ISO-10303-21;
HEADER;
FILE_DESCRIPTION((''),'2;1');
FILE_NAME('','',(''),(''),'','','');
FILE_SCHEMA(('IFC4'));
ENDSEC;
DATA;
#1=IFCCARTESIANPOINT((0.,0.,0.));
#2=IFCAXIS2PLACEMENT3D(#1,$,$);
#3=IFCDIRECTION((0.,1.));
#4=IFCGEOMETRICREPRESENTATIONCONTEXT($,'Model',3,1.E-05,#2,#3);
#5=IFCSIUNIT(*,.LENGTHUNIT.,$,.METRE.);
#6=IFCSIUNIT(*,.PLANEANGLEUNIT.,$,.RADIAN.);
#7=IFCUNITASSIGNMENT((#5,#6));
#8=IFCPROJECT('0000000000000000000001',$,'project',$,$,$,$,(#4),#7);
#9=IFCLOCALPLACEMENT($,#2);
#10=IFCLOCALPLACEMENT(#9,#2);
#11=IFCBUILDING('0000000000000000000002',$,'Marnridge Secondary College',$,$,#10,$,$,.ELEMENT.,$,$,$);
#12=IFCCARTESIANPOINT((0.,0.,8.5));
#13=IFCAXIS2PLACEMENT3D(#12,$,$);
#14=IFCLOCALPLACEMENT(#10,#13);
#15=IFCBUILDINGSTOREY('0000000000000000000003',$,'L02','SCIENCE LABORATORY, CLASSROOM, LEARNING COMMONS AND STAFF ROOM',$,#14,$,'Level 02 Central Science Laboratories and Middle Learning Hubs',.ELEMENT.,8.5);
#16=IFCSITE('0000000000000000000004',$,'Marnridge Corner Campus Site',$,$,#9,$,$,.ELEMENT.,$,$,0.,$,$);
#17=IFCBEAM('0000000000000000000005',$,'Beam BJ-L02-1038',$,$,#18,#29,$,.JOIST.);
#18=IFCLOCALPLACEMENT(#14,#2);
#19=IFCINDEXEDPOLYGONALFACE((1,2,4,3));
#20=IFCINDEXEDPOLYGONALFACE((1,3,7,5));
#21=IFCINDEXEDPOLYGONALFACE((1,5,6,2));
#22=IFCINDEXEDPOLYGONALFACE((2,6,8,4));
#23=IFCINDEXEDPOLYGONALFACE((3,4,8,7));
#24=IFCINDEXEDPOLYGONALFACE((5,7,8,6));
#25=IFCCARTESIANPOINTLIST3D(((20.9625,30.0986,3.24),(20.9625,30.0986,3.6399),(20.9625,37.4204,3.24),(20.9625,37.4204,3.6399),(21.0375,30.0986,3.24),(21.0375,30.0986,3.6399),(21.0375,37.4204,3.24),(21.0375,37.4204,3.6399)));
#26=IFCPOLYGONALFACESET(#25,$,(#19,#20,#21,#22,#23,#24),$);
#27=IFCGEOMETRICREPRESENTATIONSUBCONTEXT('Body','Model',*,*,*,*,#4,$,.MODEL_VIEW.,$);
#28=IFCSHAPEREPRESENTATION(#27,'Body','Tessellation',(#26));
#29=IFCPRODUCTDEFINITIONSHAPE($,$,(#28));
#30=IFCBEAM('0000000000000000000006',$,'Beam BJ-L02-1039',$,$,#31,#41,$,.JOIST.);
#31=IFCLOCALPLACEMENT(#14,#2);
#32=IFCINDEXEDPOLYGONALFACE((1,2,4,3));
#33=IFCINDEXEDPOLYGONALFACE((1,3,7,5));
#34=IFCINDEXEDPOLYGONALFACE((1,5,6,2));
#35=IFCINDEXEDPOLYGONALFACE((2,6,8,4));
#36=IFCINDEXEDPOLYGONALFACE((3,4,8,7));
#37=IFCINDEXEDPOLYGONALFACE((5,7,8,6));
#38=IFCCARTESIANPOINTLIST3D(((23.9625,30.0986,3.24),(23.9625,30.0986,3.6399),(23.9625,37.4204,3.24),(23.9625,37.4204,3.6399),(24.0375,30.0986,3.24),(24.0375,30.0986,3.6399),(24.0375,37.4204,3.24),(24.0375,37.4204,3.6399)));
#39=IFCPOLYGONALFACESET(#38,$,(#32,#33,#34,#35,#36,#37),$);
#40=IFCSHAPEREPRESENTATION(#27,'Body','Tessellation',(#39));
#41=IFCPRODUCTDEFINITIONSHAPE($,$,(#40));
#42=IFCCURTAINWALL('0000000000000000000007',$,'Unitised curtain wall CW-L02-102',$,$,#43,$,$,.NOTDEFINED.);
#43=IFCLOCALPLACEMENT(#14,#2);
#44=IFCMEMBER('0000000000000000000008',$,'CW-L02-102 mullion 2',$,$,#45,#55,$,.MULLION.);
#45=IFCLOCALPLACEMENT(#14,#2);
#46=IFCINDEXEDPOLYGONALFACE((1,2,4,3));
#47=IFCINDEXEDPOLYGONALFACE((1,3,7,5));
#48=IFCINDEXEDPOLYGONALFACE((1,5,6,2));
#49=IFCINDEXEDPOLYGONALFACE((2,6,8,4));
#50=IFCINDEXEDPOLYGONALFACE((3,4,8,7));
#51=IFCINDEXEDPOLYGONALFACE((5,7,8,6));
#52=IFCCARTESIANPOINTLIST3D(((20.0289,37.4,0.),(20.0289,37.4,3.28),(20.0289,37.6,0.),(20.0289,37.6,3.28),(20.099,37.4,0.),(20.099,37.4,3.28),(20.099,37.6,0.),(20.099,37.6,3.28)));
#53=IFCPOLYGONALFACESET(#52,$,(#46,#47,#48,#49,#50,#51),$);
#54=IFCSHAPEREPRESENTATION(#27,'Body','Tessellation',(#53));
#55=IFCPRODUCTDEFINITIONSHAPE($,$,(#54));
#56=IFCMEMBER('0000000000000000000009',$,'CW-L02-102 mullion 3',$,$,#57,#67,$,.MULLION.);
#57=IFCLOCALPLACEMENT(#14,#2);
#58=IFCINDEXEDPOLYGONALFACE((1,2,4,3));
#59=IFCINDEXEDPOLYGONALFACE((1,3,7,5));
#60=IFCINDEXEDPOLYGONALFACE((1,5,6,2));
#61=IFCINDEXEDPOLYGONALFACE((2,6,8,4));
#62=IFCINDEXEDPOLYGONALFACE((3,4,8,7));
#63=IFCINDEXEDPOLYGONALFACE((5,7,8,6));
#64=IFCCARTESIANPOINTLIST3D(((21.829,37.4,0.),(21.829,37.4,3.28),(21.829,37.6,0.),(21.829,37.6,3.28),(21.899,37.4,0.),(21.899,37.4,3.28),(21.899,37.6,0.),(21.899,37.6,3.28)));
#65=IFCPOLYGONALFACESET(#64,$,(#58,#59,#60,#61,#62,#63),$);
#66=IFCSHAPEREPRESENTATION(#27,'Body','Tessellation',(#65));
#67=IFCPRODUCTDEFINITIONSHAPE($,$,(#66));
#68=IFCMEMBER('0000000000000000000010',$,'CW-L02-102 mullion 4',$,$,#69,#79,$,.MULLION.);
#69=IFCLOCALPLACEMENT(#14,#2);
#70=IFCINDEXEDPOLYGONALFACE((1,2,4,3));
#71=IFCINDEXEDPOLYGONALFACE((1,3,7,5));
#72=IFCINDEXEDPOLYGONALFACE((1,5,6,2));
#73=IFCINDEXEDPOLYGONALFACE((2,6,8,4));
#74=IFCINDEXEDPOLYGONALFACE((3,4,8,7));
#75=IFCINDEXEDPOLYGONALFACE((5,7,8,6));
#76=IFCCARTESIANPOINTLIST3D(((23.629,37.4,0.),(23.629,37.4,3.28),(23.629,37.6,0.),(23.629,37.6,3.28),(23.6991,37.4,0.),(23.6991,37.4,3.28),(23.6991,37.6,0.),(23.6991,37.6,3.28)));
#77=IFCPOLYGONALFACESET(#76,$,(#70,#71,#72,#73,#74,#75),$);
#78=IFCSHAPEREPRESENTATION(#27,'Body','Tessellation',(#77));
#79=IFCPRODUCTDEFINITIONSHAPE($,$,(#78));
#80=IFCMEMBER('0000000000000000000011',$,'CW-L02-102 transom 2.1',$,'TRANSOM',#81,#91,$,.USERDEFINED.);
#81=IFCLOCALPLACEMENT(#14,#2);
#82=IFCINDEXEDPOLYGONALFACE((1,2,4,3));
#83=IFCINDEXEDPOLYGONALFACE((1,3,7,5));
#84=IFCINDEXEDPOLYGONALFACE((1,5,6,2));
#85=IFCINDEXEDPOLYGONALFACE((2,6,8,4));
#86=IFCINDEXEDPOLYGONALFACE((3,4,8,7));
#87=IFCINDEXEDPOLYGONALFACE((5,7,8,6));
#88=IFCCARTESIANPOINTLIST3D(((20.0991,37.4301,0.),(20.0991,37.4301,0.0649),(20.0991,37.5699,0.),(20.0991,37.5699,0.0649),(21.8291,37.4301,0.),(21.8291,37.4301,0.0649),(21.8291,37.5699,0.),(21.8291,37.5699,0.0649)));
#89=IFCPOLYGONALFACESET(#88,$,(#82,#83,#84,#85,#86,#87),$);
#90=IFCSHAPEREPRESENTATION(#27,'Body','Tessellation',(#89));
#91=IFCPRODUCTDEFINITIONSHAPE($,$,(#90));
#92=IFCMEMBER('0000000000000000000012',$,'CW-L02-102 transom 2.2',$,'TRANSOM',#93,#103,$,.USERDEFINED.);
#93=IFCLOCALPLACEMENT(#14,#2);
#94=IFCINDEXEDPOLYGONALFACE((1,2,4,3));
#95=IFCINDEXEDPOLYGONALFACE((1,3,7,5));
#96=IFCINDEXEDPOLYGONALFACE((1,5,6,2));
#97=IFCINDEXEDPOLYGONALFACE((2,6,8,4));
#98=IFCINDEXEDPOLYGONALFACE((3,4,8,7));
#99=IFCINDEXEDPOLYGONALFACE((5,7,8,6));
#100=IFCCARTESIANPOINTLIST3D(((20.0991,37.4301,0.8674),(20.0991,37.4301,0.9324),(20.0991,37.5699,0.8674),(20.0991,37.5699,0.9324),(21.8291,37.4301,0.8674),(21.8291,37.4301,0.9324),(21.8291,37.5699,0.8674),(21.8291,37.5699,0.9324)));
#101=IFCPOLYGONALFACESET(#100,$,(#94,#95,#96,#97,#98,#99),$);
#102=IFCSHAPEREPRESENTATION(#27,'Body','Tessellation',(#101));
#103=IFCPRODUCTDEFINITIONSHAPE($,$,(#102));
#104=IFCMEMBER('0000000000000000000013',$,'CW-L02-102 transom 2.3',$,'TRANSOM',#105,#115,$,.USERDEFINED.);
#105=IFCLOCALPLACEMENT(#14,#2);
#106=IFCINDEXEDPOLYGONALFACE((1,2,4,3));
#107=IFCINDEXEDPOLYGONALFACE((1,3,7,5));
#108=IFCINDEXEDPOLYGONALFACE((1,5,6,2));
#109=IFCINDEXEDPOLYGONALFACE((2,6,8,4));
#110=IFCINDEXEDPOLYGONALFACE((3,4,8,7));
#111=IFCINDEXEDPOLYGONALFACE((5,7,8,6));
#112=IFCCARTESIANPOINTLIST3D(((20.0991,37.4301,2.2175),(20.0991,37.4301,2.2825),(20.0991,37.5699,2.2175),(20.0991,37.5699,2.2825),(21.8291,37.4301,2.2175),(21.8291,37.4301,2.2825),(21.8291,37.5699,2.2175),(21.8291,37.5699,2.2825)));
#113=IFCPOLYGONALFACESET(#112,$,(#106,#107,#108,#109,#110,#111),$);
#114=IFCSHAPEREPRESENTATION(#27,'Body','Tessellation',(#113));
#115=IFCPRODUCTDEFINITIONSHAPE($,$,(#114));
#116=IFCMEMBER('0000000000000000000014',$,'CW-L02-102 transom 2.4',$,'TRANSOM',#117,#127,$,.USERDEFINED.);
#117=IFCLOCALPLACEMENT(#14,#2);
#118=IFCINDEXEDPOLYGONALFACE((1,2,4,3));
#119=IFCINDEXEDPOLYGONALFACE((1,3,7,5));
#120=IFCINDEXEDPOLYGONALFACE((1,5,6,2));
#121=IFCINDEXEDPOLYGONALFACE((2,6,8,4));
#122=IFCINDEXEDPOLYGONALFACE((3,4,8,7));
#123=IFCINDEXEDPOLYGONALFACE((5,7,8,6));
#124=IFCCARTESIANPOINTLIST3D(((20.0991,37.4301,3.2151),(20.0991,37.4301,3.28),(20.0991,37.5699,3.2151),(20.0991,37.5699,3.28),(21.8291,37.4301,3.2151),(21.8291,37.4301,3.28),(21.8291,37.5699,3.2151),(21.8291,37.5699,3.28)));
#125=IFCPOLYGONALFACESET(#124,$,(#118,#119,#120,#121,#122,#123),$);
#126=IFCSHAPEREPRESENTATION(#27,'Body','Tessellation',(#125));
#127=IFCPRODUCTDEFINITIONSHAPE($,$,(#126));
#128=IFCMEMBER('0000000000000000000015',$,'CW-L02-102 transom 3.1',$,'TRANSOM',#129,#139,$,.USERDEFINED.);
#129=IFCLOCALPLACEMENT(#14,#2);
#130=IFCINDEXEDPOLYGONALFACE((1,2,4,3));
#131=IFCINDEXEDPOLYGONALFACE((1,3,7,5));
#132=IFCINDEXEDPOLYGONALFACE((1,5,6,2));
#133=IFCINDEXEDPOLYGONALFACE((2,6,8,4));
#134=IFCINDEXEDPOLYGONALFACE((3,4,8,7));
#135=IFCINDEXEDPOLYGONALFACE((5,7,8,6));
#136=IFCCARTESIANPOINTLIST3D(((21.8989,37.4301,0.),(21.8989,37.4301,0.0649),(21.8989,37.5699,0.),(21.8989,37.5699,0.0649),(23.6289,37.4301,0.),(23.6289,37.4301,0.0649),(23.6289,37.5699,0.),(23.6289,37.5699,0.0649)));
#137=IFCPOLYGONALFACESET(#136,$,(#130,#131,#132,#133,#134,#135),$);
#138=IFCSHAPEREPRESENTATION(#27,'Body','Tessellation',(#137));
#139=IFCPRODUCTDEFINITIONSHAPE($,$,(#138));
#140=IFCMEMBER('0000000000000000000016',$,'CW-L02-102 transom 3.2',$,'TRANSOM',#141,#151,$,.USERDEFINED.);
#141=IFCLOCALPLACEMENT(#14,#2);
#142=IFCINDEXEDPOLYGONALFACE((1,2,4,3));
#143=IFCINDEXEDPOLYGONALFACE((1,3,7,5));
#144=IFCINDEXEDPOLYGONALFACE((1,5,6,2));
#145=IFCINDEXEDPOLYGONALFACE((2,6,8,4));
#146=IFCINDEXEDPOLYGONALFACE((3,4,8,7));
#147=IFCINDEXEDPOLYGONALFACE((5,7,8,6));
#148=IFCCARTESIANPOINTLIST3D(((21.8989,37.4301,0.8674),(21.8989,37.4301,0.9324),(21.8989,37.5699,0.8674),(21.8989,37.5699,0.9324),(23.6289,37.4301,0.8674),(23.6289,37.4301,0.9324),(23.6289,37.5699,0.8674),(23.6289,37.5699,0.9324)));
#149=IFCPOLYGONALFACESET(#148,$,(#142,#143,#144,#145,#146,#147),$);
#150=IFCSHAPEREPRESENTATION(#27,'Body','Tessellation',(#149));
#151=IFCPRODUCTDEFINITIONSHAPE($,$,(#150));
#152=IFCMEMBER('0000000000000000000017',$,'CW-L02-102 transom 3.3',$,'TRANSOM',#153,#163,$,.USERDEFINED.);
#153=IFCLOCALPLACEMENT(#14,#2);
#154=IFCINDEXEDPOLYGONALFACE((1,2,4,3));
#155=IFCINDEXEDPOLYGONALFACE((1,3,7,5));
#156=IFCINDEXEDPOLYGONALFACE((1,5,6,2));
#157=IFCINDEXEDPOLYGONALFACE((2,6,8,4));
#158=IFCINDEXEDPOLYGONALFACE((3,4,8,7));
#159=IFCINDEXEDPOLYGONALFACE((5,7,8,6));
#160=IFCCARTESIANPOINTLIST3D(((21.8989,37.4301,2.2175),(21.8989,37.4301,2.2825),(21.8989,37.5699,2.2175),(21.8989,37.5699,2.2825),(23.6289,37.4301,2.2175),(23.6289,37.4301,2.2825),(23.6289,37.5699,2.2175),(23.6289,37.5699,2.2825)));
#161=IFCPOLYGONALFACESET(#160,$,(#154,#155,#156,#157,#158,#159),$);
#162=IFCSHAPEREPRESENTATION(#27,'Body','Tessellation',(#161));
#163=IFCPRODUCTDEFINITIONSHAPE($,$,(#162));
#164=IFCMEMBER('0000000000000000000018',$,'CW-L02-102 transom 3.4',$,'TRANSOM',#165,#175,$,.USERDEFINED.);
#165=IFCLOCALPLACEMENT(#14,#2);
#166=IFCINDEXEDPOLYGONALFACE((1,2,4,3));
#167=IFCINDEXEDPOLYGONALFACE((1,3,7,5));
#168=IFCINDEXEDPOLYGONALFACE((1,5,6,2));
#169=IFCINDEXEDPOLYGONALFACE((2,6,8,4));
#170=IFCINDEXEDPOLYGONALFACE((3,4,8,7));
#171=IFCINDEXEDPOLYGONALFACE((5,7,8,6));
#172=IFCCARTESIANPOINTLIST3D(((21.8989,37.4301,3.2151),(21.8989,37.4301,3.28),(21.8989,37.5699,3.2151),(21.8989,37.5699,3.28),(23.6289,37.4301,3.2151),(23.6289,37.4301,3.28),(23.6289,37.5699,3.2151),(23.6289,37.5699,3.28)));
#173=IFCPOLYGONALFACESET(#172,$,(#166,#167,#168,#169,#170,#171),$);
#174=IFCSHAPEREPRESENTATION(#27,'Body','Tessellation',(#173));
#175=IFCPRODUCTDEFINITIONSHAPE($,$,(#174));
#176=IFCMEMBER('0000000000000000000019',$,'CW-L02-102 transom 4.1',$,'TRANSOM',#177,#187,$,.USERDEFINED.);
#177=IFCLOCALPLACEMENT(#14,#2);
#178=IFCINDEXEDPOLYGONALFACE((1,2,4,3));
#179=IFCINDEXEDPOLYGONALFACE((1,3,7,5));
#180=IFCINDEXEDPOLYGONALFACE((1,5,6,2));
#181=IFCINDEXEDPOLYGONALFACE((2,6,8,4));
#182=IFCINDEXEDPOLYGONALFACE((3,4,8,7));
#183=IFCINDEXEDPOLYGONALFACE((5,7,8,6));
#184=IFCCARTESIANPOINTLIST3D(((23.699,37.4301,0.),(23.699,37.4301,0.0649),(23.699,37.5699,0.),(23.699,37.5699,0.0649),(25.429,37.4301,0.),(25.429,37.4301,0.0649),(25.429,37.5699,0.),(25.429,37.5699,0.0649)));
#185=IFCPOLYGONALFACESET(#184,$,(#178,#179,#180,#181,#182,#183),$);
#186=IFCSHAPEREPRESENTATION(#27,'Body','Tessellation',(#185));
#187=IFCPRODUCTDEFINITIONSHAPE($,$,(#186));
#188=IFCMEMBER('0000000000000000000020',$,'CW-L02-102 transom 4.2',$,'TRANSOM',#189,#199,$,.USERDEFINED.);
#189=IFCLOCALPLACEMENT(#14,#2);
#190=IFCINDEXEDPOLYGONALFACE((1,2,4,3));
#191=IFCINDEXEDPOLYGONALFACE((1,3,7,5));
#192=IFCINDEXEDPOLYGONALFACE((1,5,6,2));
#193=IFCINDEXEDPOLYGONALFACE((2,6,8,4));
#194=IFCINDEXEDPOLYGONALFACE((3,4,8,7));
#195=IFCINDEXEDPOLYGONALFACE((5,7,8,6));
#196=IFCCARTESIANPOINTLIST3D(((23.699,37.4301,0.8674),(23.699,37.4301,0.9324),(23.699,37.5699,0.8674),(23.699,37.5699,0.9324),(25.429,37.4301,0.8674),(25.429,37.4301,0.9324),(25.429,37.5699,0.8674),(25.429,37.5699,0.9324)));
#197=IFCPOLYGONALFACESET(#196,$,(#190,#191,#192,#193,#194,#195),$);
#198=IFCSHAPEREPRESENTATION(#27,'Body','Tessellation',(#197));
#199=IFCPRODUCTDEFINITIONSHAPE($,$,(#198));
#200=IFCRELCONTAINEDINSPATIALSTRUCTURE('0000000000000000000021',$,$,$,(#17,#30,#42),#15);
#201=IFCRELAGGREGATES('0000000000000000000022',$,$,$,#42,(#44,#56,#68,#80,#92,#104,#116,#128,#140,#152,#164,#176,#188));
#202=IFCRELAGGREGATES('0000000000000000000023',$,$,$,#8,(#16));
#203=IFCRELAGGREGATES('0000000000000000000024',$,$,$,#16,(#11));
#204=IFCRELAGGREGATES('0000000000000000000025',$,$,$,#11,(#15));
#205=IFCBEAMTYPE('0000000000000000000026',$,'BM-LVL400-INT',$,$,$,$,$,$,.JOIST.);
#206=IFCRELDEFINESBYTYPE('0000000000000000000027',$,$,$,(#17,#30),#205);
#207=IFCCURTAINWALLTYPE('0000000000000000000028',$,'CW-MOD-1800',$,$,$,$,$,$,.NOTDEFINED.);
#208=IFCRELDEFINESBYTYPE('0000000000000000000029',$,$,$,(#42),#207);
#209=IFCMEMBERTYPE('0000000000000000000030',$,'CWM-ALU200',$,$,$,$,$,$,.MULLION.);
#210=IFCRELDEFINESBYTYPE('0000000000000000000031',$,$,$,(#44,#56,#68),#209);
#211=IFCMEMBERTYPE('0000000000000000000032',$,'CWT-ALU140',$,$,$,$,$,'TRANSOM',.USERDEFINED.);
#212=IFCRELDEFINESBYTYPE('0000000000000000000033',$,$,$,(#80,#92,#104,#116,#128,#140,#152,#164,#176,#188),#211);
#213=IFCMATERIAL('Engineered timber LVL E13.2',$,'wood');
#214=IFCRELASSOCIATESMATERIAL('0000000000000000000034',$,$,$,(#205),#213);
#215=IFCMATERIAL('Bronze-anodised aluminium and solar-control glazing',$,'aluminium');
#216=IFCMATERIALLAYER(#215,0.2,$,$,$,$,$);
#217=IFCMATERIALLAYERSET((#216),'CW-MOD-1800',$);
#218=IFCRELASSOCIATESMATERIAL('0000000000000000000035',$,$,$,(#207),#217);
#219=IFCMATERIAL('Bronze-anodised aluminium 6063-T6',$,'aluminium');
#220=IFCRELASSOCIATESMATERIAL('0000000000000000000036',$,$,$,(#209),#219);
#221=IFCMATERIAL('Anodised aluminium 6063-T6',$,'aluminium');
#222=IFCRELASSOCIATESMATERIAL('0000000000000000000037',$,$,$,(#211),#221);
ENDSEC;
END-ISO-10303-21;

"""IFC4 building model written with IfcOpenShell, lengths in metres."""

from ifc_helpers import new_model, si_unit, direction, frame, origin, origin_2d, place, context, subcontext, project, spatial, rectangle, extrude, material, layer, layer_set, material_profile, profile_set, type_object, element, aggregate, save


model = new_model("IFC4")

# Units and contexts
model_context = context("Model", 3, precision=1e-05, world=origin(), true_north=direction((0.0, 1.0)))
body_context = subcontext(model_context, "Body", "Model", "MODEL_VIEW")
ifc_project = project(units=[si_unit("LENGTHUNIT", "METRE"), si_unit("PLANEANGLEUNIT", "RADIAN")], contexts=[model_context])

# Site, building, storey
site_placement = place(None, origin())
site = spatial("IfcSite", under=ifc_project, at=site_placement, Name="Marnridge Corner Campus Site", CompositionType="ELEMENT", RefElevation=0.0)
building_placement = place(site_placement, origin())
building = spatial("IfcBuilding", under=site, at=building_placement, Name="Marnridge Secondary College", CompositionType="ELEMENT")
storey_placement = place(building_placement, frame((0.0, 0.0, 8.5)))
storey = spatial("IfcBuildingStorey", under=building, at=storey_placement, Name="L02", Description="SCIENCE LABORATORY, CLASSROOM, LEARNING COMMONS AND STAFF ROOM", LongName="Level 02 Central Science Laboratories and Middle Learning Hubs", CompositionType="ELEMENT", Elevation=8.5)

# Beams
ifc_material_1 = material(Name="Engineered timber LVL E13.2", Category="wood")
ifc_material_profile_1 = material_profile(ifc_material_1, rectangle(XDim=0.075, YDim=0.3999, at=origin_2d()), Name="LVL 75x400")
ifc_profile_set_1 = profile_set([ifc_material_profile_1], Name="Engineered timber LVL E13.2")
beam_type = type_object("IfcBeamType", Name="BM-LVL400-INT", PredefinedType="JOIST", material=ifc_profile_set_1)
for number, where, z_axis, x_axis, name in (
    (1, (21.0, 30.0986, 3.4399), (0.0, 1.0, 0.0), (-1.0, 0.0, 0.0), "Beam BJ-L02-1038"),
    (2, (24.0, 30.0986, 3.4399), (0.0, 1.0, 0.0), (-1.0, 0.0, 0.0), "Beam BJ-L02-1039"),
):
    element("IfcBeam", number, at=place(storey_placement, frame(where, z_axis=z_axis, x_axis=x_axis)), inside=storey, type_object=beam_type, Name=name, PredefinedType="JOIST", context=body_context, shape_type="SweptSolid", body=[
        extrude(rectangle(XDim=0.075, YDim=0.3999, at=origin_2d()), origin(), (0.0, 0.0, 1.0), 7.3218),
    ])

# Curtain wall, members
ifc_material_2 = material(Name="Bronze-anodised aluminium and solar-control glazing", Category="aluminium")
ifc_layer_1 = layer(ifc_material_2, 0.2)
ifc_layer_set_1 = layer_set([ifc_layer_1], Name="CW-MOD-1800")
curtain_wall_type = type_object("IfcCurtainWallType", Name="CW-MOD-1800", PredefinedType="NOTDEFINED", material=ifc_layer_set_1)
curtain_wall_placement = place(storey_placement, origin())
curtain_wall = element("IfcCurtainWall", 3, at=curtain_wall_placement, inside=storey, type_object=curtain_wall_type, Name="Unitised curtain wall CW-L02-102", PredefinedType="NOTDEFINED")
ifc_material_3 = material(Name="Bronze-anodised aluminium 6063-T6", Category="aluminium")
ifc_material_profile_2 = material_profile(ifc_material_3, rectangle(XDim=0.0701, YDim=0.2, at=origin_2d()), Name="ALU 70x200")
ifc_profile_set_2 = profile_set([ifc_material_profile_2], Name="Bronze-anodised aluminium 6063-T6")
member_type_1 = type_object("IfcMemberType", Name="CWM-ALU200", PredefinedType="MULLION", material=ifc_profile_set_2)
member_1_placement = place(storey_placement, frame((20.064, 37.5, 0.0), z_axis=(0.0, 0.0, 1.0), x_axis=(1.0, 0.0, 0.0)))
member_1 = element("IfcMember", 4, at=member_1_placement, type_object=member_type_1, Name="CW-L02-102 mullion 2", PredefinedType="MULLION", context=body_context, shape_type="SweptSolid", body=[
    extrude(rectangle(XDim=0.0701, YDim=0.2, at=origin_2d()), origin(), (0.0, 0.0, 1.0), 3.28),
])
member_2_placement = place(storey_placement, frame((21.864, 37.5, 0.0), z_axis=(0.0, 0.0, 1.0), x_axis=(1.0, 0.0, 0.0)))
member_2 = element("IfcMember", 5, at=member_2_placement, type_object=member_type_1, Name="CW-L02-102 mullion 3", PredefinedType="MULLION", context=body_context, shape_type="SweptSolid", body=[
    extrude(rectangle(XDim=0.0701, YDim=0.2, at=origin_2d()), origin(), (0.0, 0.0, 1.0), 3.28),
])
member_3_placement = place(storey_placement, frame((23.6641, 37.5, 0.0), z_axis=(0.0, 0.0, 1.0), x_axis=(1.0, 0.0, 0.0)))
member_3 = element("IfcMember", 6, at=member_3_placement, type_object=member_type_1, Name="CW-L02-102 mullion 4", PredefinedType="MULLION", context=body_context, shape_type="SweptSolid", body=[
    extrude(rectangle(XDim=0.0701, YDim=0.2, at=origin_2d()), origin(), (0.0, 0.0, 1.0), 3.28),
])
ifc_material_4 = material(Name="Anodised aluminium 6063-T6", Category="aluminium")
ifc_material_profile_3 = material_profile(ifc_material_4, rectangle(XDim=0.0649, YDim=0.1399, at=origin_2d()), Name="ALU 65x140")
ifc_profile_set_3 = profile_set([ifc_material_profile_3], Name="Anodised aluminium 6063-T6")
member_type_2 = type_object("IfcMemberType", Name="CWT-ALU140", ElementType="TRANSOM", PredefinedType="USERDEFINED", material=ifc_profile_set_3)
member_4_placement = place(storey_placement, frame((20.0991, 37.5, 0.0325), z_axis=(1.0, 0.0, 0.0), x_axis=(0.0, 0.0, 1.0)))
member_4 = element("IfcMember", 7, at=member_4_placement, type_object=member_type_2, Name="CW-L02-102 transom 2.1", ObjectType="TRANSOM", PredefinedType="USERDEFINED", context=body_context, shape_type="SweptSolid", body=[
    extrude(rectangle(XDim=0.0649, YDim=0.1399, at=origin_2d()), origin(), (0.0, 0.0, 1.0), 1.73),
])
member_5_placement = place(storey_placement, frame((20.0991, 37.5, 0.8999), z_axis=(1.0, 0.0, 0.0), x_axis=(0.0, 0.0, 1.0)))
member_5 = element("IfcMember", 8, at=member_5_placement, type_object=member_type_2, Name="CW-L02-102 transom 2.2", ObjectType="TRANSOM", PredefinedType="USERDEFINED", context=body_context, shape_type="SweptSolid", body=[
    extrude(rectangle(XDim=0.0649, YDim=0.1399, at=origin_2d()), origin(), (0.0, 0.0, 1.0), 1.73),
])
member_6_placement = place(storey_placement, frame((20.0991, 37.5, 2.25), z_axis=(1.0, 0.0, 0.0), x_axis=(0.0, 0.0, 1.0)))
member_6 = element("IfcMember", 9, at=member_6_placement, type_object=member_type_2, Name="CW-L02-102 transom 2.3", ObjectType="TRANSOM", PredefinedType="USERDEFINED", context=body_context, shape_type="SweptSolid", body=[
    extrude(rectangle(XDim=0.0649, YDim=0.1399, at=origin_2d()), origin(), (0.0, 0.0, 1.0), 1.73),
])
member_7_placement = place(storey_placement, frame((20.0991, 37.5, 3.2476), z_axis=(1.0, 0.0, 0.0), x_axis=(0.0, 0.0, 1.0)))
member_7 = element("IfcMember", 10, at=member_7_placement, type_object=member_type_2, Name="CW-L02-102 transom 2.4", ObjectType="TRANSOM", PredefinedType="USERDEFINED", context=body_context, shape_type="SweptSolid", body=[
    extrude(rectangle(XDim=0.0649, YDim=0.1399, at=origin_2d()), origin(), (0.0, 0.0, 1.0), 1.73),
])
member_8_placement = place(storey_placement, frame((21.8989, 37.5, 0.0325), z_axis=(1.0, 0.0, 0.0), x_axis=(0.0, 0.0, 1.0)))
member_8 = element("IfcMember", 11, at=member_8_placement, type_object=member_type_2, Name="CW-L02-102 transom 3.1", ObjectType="TRANSOM", PredefinedType="USERDEFINED", context=body_context, shape_type="SweptSolid", body=[
    extrude(rectangle(XDim=0.0649, YDim=0.1399, at=origin_2d()), origin(), (0.0, 0.0, 1.0), 1.73),
])
member_9_placement = place(storey_placement, frame((21.8989, 37.5, 0.8999), z_axis=(1.0, 0.0, 0.0), x_axis=(0.0, 0.0, 1.0)))
member_9 = element("IfcMember", 12, at=member_9_placement, type_object=member_type_2, Name="CW-L02-102 transom 3.2", ObjectType="TRANSOM", PredefinedType="USERDEFINED", context=body_context, shape_type="SweptSolid", body=[
    extrude(rectangle(XDim=0.0649, YDim=0.1399, at=origin_2d()), origin(), (0.0, 0.0, 1.0), 1.73),
])
member_10_placement = place(storey_placement, frame((21.8989, 37.5, 2.25), z_axis=(1.0, 0.0, 0.0), x_axis=(0.0, 0.0, 1.0)))
member_10 = element("IfcMember", 13, at=member_10_placement, type_object=member_type_2, Name="CW-L02-102 transom 3.3", ObjectType="TRANSOM", PredefinedType="USERDEFINED", context=body_context, shape_type="SweptSolid", body=[
    extrude(rectangle(XDim=0.0649, YDim=0.1399, at=origin_2d()), origin(), (0.0, 0.0, 1.0), 1.73),
])
member_11_placement = place(storey_placement, frame((21.8989, 37.5, 3.2476), z_axis=(1.0, 0.0, 0.0), x_axis=(0.0, 0.0, 1.0)))
member_11 = element("IfcMember", 14, at=member_11_placement, type_object=member_type_2, Name="CW-L02-102 transom 3.4", ObjectType="TRANSOM", PredefinedType="USERDEFINED", context=body_context, shape_type="SweptSolid", body=[
    extrude(rectangle(XDim=0.0649, YDim=0.1399, at=origin_2d()), origin(), (0.0, 0.0, 1.0), 1.73),
])
member_12_placement = place(storey_placement, frame((23.699, 37.5, 0.0325), z_axis=(1.0, 0.0, 0.0), x_axis=(0.0, 0.0, 1.0)))
member_12 = element("IfcMember", 15, at=member_12_placement, type_object=member_type_2, Name="CW-L02-102 transom 4.1", ObjectType="TRANSOM", PredefinedType="USERDEFINED", context=body_context, shape_type="SweptSolid", body=[
    extrude(rectangle(XDim=0.0649, YDim=0.1399, at=origin_2d()), origin(), (0.0, 0.0, 1.0), 1.73),
])
member_13_placement = place(storey_placement, frame((23.699, 37.5, 0.8999), z_axis=(1.0, 0.0, 0.0), x_axis=(0.0, 0.0, 1.0)))
member_13 = element("IfcMember", 16, at=member_13_placement, type_object=member_type_2, Name="CW-L02-102 transom 4.2", ObjectType="TRANSOM", PredefinedType="USERDEFINED", context=body_context, shape_type="SweptSolid", body=[
    extrude(rectangle(XDim=0.0649, YDim=0.1399, at=origin_2d()), origin(), (0.0, 0.0, 1.0), 1.73),
])
aggregate(curtain_wall, [member_1, member_2, member_3, member_4, member_5, member_6, member_7, member_8, member_9, member_10, member_11, member_12, member_13])

save(model, "model.ifc")
